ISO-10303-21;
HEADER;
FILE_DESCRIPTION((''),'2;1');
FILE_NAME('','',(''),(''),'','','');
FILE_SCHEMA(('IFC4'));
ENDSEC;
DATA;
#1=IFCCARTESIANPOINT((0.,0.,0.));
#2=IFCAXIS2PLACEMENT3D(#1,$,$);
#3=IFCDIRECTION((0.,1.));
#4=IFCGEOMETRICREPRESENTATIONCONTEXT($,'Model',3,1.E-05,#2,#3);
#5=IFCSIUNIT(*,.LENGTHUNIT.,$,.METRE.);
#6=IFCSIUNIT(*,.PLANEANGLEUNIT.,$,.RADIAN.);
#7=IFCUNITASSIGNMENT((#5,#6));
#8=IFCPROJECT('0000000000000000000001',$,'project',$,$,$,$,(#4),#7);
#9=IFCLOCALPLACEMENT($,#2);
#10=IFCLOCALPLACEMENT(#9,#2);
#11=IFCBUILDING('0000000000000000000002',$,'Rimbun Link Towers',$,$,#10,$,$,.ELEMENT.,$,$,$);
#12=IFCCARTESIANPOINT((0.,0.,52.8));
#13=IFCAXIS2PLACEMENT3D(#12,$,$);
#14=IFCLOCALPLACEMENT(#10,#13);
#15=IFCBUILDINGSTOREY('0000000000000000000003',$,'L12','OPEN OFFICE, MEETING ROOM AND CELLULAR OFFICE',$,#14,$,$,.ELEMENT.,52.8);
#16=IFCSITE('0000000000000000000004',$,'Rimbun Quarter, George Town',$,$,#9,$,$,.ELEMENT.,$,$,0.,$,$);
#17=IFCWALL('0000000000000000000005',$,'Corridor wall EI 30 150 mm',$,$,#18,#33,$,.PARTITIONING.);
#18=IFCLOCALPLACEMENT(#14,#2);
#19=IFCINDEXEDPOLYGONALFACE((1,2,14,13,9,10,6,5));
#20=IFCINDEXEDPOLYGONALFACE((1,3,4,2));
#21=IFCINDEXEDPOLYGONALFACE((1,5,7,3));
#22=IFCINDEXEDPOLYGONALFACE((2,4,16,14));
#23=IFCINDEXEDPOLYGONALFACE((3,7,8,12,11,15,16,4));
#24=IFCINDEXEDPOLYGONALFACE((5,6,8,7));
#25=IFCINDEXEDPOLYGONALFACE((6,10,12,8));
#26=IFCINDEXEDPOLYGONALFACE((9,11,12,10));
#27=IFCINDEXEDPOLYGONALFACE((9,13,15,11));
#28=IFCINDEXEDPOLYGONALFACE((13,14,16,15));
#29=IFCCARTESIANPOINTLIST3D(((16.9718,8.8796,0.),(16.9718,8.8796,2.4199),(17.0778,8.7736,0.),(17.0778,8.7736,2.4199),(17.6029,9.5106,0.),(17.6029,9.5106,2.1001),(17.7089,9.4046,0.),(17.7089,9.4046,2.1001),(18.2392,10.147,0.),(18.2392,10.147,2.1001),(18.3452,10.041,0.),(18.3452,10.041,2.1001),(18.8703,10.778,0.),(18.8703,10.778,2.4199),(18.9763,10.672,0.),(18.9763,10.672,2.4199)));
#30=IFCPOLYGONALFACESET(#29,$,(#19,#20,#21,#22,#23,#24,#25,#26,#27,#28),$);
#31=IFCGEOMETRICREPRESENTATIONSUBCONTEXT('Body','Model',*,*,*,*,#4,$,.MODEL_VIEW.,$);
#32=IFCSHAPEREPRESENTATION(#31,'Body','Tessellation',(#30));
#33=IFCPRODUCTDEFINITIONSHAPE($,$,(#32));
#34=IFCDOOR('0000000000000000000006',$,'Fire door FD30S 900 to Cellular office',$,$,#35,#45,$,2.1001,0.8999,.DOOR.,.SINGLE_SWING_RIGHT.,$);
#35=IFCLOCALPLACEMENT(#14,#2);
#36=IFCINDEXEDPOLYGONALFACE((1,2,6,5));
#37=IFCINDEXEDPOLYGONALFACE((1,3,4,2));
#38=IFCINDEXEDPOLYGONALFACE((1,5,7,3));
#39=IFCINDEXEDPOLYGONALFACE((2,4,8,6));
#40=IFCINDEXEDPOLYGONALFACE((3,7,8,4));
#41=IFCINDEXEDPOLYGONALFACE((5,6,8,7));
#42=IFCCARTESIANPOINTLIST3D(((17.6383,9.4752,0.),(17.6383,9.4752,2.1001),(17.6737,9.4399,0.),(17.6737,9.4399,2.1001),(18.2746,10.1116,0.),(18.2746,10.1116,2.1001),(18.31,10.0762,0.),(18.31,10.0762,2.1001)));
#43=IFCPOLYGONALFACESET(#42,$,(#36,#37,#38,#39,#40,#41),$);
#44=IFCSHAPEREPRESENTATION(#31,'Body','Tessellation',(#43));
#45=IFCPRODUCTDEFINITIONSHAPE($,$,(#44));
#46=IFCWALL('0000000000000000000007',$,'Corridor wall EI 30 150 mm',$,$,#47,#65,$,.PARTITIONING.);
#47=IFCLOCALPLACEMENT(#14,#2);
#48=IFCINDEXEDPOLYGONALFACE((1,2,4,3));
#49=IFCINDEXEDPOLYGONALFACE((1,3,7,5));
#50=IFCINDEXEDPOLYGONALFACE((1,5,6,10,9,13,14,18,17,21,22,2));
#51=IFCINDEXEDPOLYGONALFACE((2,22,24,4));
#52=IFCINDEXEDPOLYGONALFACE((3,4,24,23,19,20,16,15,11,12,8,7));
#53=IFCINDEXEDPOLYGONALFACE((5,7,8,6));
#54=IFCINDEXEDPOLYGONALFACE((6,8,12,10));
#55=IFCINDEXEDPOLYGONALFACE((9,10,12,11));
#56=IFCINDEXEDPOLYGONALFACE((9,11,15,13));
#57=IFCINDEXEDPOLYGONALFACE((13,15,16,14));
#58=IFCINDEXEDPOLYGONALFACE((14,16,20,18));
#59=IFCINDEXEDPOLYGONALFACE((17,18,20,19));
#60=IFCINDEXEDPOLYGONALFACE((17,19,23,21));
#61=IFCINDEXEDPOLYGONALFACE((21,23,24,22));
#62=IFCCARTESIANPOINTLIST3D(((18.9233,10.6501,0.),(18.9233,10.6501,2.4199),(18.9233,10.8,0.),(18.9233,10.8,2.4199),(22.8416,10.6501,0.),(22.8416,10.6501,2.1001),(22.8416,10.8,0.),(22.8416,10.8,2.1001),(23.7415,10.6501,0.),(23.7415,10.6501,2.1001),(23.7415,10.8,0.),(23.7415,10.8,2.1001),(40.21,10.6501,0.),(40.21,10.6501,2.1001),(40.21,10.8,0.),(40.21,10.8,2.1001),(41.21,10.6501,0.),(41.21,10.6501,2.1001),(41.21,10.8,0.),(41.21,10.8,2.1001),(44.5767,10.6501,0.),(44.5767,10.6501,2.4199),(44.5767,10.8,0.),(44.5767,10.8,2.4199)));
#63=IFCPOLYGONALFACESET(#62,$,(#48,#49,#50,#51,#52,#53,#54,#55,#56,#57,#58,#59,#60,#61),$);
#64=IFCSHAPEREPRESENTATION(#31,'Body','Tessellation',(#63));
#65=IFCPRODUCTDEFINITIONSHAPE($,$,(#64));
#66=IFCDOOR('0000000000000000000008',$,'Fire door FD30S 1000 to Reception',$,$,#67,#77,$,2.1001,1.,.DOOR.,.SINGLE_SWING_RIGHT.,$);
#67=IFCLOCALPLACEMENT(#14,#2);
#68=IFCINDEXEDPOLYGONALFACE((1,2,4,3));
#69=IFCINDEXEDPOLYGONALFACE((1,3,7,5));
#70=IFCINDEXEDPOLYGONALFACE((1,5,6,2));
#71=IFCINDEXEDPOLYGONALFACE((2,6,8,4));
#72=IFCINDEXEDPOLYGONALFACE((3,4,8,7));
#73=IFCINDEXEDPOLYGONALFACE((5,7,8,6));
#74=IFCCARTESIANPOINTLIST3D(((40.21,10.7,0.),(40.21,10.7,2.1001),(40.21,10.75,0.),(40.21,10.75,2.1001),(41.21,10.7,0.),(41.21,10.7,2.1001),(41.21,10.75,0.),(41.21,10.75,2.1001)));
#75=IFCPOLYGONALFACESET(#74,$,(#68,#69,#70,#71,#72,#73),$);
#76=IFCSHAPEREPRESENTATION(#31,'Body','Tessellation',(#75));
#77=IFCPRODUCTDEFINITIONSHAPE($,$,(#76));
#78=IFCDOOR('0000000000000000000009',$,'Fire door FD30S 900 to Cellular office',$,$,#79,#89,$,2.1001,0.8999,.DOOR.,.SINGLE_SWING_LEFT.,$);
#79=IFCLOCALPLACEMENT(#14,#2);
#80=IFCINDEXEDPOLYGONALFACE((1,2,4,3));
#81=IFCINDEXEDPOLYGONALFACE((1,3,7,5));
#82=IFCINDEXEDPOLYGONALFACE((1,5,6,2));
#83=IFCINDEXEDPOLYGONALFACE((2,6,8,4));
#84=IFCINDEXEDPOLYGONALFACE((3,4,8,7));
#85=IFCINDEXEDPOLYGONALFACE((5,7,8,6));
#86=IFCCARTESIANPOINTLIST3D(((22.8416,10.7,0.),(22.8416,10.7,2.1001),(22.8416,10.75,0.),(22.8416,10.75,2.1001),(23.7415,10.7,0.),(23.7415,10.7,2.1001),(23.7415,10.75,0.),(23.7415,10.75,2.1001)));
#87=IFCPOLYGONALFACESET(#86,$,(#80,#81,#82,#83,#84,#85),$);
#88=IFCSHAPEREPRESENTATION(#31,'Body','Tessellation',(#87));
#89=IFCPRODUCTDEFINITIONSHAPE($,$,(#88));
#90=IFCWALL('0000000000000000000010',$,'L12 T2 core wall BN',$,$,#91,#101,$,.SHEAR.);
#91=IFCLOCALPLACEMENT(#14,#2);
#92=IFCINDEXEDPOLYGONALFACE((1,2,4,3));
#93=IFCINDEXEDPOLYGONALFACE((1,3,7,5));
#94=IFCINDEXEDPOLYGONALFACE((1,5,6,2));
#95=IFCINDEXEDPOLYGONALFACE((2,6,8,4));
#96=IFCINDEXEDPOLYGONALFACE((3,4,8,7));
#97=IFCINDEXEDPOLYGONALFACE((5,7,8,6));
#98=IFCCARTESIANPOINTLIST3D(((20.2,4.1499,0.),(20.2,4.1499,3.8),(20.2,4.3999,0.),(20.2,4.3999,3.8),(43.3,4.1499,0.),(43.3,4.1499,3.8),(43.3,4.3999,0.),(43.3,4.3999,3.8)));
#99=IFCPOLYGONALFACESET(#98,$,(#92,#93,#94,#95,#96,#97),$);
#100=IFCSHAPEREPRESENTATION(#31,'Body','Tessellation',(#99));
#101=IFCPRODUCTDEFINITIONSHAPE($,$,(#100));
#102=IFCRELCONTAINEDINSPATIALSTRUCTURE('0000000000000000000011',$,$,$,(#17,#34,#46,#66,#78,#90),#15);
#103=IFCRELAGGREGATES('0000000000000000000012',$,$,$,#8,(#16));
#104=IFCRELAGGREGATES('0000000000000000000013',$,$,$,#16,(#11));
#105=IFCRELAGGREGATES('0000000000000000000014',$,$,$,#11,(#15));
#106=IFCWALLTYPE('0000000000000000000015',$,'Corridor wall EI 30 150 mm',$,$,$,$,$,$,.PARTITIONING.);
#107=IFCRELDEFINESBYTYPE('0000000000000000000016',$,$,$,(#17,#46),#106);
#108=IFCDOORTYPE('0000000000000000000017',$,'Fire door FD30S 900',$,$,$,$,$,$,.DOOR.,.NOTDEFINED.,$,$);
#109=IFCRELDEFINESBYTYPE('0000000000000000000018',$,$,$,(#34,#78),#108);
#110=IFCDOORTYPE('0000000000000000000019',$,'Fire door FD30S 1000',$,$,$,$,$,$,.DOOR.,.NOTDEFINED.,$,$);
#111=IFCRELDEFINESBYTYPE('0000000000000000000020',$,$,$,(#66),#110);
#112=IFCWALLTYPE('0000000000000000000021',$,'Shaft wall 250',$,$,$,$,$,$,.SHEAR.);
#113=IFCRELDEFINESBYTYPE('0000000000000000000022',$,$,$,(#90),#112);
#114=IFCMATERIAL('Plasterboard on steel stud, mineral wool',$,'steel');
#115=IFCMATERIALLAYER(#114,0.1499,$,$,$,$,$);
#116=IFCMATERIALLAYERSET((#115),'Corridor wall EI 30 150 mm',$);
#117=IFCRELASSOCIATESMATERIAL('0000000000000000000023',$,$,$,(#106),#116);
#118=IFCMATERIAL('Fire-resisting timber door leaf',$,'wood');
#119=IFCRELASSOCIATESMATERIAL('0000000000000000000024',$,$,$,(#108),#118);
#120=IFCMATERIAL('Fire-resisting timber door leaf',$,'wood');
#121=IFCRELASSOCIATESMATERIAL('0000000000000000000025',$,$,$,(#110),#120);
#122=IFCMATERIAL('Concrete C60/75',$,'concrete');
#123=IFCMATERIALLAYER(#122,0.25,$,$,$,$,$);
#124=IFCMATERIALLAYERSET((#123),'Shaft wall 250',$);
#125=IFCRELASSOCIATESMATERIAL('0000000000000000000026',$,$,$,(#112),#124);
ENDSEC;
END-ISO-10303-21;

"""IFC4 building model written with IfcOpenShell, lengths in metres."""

from ifc_helpers import new_model, si_unit, direction, frame, frame_2d, origin, place, context, subcontext, project, spatial, rectangle, extrude, material, layer, layer_set, type_object, element, fill, save


model = new_model("IFC4")

# Units and contexts
model_context = context("Model", 3, precision=1e-05, world=origin(), true_north=direction((0.0, 1.0)))
body_context = subcontext(model_context, "Body", "Model", "MODEL_VIEW")
ifc_project = project(units=[si_unit("LENGTHUNIT", "METRE"), si_unit("PLANEANGLEUNIT", "RADIAN")], contexts=[model_context])

# Site, building, storey
site_placement = place(None, origin())
site = spatial("IfcSite", under=ifc_project, at=site_placement, Name="Rimbun Quarter, George Town", CompositionType="ELEMENT", RefElevation=0.0)
building_placement = place(site_placement, origin())
building = spatial("IfcBuilding", under=site, at=building_placement, Name="Rimbun Link Towers", CompositionType="ELEMENT")
storey_placement = place(building_placement, frame((0.0, 0.0, 52.8)))
storey = spatial("IfcBuildingStorey", under=building, at=storey_placement, Name="L12", Description="OPEN OFFICE, MEETING ROOM AND CELLULAR OFFICE", CompositionType="ELEMENT", Elevation=52.8)

# Wall, opening, door
ifc_material_1 = material(Name="Plasterboard on steel stud, mineral wool", Category="steel")
ifc_layer_1 = layer(ifc_material_1, 0.1499)
ifc_layer_set_1 = layer_set([ifc_layer_1], Name="Corridor wall EI 30 150 mm")
wall_type_1 = type_object("IfcWallType", Name="Corridor wall EI 30 150 mm", PredefinedType="PARTITIONING", material=ifc_layer_set_1)
wall_1_placement = place(storey_placement, frame((17.0249, 8.8267, 0.0), z_axis=(0.0, 0.0, 1.0), x_axis=(0.707107, 0.707107, 0.0)))
wall_1 = element("IfcWall", 1, at=wall_1_placement, inside=storey, type_object=wall_type_1, Name="Corridor wall EI 30 150 mm", PredefinedType="PARTITIONING", context=body_context, shape_type="SweptSolid", body=[
    extrude(rectangle(XDim=2.6848, YDim=0.1499, at=frame_2d((1.3423, 0.0))), origin(), (0.0, 0.0, 1.0), 2.4199),
])
opening_1_placement = place(wall_1_placement, frame((0.8923, 0.0, 0.0)))
opening_1 = element("IfcOpeningElement", 2, at=opening_1_placement, cuts=wall_1, PredefinedType="OPENING", context=body_context, shape_type="SweptSolid", body=[
    extrude(rectangle(XDim=0.8999, YDim=2.1001, at=frame_2d((0.45, 1.05))), frame((0.0, 0.085, 0.0), z_axis=(0.0, -1.0, 0.0), x_axis=(1.0, 0.0, 0.0)), (0.0, 0.0, 1.0), 0.1699),
])
ifc_material_2 = material(Name="Fire-resisting timber door leaf", Category="wood")
door_type_1 = type_object("IfcDoorType", Name="Fire door FD30S 900", OperationType="NOTDEFINED", PredefinedType="DOOR", material=ifc_material_2)
door_1_placement = place(opening_1_placement, origin())
door_1 = element("IfcDoor", 3, at=door_1_placement, inside=storey, type_object=door_type_1, Name="Fire door FD30S 900 to Cellular office", OperationType="SINGLE_SWING_RIGHT", OverallHeight=2.1001, OverallWidth=0.8999, PredefinedType="DOOR", context=body_context, shape_type="SweptSolid", body=[
    extrude(rectangle(XDim=0.8999, YDim=2.1001, at=frame_2d((0.45, 1.05))), frame((0.0, 0.0249, 0.0), z_axis=(0.0, -1.0, 0.0), x_axis=(1.0, 0.0, 0.0)), (0.0, 0.0, 1.0), 0.05),
])
fill(opening_1, door_1)

# Wall, openings, doors
wall_2_placement = place(storey_placement, frame((18.9233, 10.7251, 0.0), z_axis=(0.0, 0.0, 1.0), x_axis=(1.0, 0.0, 0.0)))
wall_2 = element("IfcWall", 4, at=wall_2_placement, inside=storey, type_object=wall_type_1, Name="Corridor wall EI 30 150 mm", PredefinedType="PARTITIONING", context=body_context, shape_type="SweptSolid", body=[
    extrude(rectangle(XDim=25.6533, YDim=0.1499, at=frame_2d((12.8267, 0.0))), origin(), (0.0, 0.0, 1.0), 2.4199),
])
opening_2_placement = place(wall_2_placement, frame((21.2866, 0.0, 0.0)))
opening_2 = element("IfcOpeningElement", 5, at=opening_2_placement, cuts=wall_2, PredefinedType="OPENING", context=body_context, shape_type="SweptSolid", body=[
    extrude(rectangle(XDim=1.0, YDim=2.1001, at=frame_2d((0.5, 1.05))), frame((0.0, 0.085, 0.0), z_axis=(0.0, -1.0, 0.0), x_axis=(1.0, 0.0, 0.0)), (0.0, 0.0, 1.0), 0.1699),
])
opening_3_placement = place(wall_2_placement, frame((3.9182, 0.0, 0.0)))
opening_3 = element("IfcOpeningElement", 6, at=opening_3_placement, cuts=wall_2, PredefinedType="OPENING", context=body_context, shape_type="SweptSolid", body=[
    extrude(rectangle(XDim=0.8999, YDim=2.1001, at=frame_2d((0.45, 1.05))), frame((0.0, 0.085, 0.0), z_axis=(0.0, -1.0, 0.0), x_axis=(1.0, 0.0, 0.0)), (0.0, 0.0, 1.0), 0.1699),
])
ifc_material_3 = material(Name="Fire-resisting timber door leaf", Category="wood")
door_type_2 = type_object("IfcDoorType", Name="Fire door FD30S 1000", OperationType="NOTDEFINED", PredefinedType="DOOR", material=ifc_material_3)
door_2_placement = place(opening_2_placement, origin())
door_2 = element("IfcDoor", 7, at=door_2_placement, inside=storey, type_object=door_type_2, Name="Fire door FD30S 1000 to Reception", OperationType="SINGLE_SWING_RIGHT", OverallHeight=2.1001, OverallWidth=1.0, PredefinedType="DOOR", context=body_context, shape_type="SweptSolid", body=[
    extrude(rectangle(XDim=1.0, YDim=2.1001, at=frame_2d((0.5, 1.05))), frame((0.0, 0.0249, 0.0), z_axis=(0.0, -1.0, 0.0), x_axis=(1.0, 0.0, 0.0)), (0.0, 0.0, 1.0), 0.05),
])
fill(opening_2, door_2)
door_3_placement = place(opening_3_placement, origin())
door_3 = element("IfcDoor", 8, at=door_3_placement, inside=storey, type_object=door_type_1, Name="Fire door FD30S 900 to Cellular office", OperationType="SINGLE_SWING_LEFT", OverallHeight=2.1001, OverallWidth=0.8999, PredefinedType="DOOR", context=body_context, shape_type="SweptSolid", body=[
    extrude(rectangle(XDim=0.8999, YDim=2.1001, at=frame_2d((0.45, 1.05))), frame((0.0, 0.0249, 0.0), z_axis=(0.0, -1.0, 0.0), x_axis=(1.0, 0.0, 0.0)), (0.0, 0.0, 1.0), 0.05),
])
fill(opening_3, door_3)

# Wall
ifc_material_4 = material(Name="Concrete C60/75", Category="concrete")
ifc_layer_2 = layer(ifc_material_4, 0.25)
ifc_layer_set_2 = layer_set([ifc_layer_2], Name="Shaft wall 250")
wall_type_2 = type_object("IfcWallType", Name="Shaft wall 250", PredefinedType="SHEAR", material=ifc_layer_set_2)
wall_3_placement = place(storey_placement, frame((20.2, 4.2749, 0.0), z_axis=(0.0, 0.0, 1.0), x_axis=(1.0, 0.0, 0.0)))
element("IfcWall", 9, at=wall_3_placement, inside=storey, type_object=wall_type_2, Name="L12 T2 core wall BN", PredefinedType="SHEAR", context=body_context, shape_type="SweptSolid", body=[
    extrude(rectangle(XDim=23.1001, YDim=0.25, at=frame_2d((11.55, 0.0))), origin(), (0.0, 0.0, 1.0), 3.8),
])

save(model, "model.ifc")
